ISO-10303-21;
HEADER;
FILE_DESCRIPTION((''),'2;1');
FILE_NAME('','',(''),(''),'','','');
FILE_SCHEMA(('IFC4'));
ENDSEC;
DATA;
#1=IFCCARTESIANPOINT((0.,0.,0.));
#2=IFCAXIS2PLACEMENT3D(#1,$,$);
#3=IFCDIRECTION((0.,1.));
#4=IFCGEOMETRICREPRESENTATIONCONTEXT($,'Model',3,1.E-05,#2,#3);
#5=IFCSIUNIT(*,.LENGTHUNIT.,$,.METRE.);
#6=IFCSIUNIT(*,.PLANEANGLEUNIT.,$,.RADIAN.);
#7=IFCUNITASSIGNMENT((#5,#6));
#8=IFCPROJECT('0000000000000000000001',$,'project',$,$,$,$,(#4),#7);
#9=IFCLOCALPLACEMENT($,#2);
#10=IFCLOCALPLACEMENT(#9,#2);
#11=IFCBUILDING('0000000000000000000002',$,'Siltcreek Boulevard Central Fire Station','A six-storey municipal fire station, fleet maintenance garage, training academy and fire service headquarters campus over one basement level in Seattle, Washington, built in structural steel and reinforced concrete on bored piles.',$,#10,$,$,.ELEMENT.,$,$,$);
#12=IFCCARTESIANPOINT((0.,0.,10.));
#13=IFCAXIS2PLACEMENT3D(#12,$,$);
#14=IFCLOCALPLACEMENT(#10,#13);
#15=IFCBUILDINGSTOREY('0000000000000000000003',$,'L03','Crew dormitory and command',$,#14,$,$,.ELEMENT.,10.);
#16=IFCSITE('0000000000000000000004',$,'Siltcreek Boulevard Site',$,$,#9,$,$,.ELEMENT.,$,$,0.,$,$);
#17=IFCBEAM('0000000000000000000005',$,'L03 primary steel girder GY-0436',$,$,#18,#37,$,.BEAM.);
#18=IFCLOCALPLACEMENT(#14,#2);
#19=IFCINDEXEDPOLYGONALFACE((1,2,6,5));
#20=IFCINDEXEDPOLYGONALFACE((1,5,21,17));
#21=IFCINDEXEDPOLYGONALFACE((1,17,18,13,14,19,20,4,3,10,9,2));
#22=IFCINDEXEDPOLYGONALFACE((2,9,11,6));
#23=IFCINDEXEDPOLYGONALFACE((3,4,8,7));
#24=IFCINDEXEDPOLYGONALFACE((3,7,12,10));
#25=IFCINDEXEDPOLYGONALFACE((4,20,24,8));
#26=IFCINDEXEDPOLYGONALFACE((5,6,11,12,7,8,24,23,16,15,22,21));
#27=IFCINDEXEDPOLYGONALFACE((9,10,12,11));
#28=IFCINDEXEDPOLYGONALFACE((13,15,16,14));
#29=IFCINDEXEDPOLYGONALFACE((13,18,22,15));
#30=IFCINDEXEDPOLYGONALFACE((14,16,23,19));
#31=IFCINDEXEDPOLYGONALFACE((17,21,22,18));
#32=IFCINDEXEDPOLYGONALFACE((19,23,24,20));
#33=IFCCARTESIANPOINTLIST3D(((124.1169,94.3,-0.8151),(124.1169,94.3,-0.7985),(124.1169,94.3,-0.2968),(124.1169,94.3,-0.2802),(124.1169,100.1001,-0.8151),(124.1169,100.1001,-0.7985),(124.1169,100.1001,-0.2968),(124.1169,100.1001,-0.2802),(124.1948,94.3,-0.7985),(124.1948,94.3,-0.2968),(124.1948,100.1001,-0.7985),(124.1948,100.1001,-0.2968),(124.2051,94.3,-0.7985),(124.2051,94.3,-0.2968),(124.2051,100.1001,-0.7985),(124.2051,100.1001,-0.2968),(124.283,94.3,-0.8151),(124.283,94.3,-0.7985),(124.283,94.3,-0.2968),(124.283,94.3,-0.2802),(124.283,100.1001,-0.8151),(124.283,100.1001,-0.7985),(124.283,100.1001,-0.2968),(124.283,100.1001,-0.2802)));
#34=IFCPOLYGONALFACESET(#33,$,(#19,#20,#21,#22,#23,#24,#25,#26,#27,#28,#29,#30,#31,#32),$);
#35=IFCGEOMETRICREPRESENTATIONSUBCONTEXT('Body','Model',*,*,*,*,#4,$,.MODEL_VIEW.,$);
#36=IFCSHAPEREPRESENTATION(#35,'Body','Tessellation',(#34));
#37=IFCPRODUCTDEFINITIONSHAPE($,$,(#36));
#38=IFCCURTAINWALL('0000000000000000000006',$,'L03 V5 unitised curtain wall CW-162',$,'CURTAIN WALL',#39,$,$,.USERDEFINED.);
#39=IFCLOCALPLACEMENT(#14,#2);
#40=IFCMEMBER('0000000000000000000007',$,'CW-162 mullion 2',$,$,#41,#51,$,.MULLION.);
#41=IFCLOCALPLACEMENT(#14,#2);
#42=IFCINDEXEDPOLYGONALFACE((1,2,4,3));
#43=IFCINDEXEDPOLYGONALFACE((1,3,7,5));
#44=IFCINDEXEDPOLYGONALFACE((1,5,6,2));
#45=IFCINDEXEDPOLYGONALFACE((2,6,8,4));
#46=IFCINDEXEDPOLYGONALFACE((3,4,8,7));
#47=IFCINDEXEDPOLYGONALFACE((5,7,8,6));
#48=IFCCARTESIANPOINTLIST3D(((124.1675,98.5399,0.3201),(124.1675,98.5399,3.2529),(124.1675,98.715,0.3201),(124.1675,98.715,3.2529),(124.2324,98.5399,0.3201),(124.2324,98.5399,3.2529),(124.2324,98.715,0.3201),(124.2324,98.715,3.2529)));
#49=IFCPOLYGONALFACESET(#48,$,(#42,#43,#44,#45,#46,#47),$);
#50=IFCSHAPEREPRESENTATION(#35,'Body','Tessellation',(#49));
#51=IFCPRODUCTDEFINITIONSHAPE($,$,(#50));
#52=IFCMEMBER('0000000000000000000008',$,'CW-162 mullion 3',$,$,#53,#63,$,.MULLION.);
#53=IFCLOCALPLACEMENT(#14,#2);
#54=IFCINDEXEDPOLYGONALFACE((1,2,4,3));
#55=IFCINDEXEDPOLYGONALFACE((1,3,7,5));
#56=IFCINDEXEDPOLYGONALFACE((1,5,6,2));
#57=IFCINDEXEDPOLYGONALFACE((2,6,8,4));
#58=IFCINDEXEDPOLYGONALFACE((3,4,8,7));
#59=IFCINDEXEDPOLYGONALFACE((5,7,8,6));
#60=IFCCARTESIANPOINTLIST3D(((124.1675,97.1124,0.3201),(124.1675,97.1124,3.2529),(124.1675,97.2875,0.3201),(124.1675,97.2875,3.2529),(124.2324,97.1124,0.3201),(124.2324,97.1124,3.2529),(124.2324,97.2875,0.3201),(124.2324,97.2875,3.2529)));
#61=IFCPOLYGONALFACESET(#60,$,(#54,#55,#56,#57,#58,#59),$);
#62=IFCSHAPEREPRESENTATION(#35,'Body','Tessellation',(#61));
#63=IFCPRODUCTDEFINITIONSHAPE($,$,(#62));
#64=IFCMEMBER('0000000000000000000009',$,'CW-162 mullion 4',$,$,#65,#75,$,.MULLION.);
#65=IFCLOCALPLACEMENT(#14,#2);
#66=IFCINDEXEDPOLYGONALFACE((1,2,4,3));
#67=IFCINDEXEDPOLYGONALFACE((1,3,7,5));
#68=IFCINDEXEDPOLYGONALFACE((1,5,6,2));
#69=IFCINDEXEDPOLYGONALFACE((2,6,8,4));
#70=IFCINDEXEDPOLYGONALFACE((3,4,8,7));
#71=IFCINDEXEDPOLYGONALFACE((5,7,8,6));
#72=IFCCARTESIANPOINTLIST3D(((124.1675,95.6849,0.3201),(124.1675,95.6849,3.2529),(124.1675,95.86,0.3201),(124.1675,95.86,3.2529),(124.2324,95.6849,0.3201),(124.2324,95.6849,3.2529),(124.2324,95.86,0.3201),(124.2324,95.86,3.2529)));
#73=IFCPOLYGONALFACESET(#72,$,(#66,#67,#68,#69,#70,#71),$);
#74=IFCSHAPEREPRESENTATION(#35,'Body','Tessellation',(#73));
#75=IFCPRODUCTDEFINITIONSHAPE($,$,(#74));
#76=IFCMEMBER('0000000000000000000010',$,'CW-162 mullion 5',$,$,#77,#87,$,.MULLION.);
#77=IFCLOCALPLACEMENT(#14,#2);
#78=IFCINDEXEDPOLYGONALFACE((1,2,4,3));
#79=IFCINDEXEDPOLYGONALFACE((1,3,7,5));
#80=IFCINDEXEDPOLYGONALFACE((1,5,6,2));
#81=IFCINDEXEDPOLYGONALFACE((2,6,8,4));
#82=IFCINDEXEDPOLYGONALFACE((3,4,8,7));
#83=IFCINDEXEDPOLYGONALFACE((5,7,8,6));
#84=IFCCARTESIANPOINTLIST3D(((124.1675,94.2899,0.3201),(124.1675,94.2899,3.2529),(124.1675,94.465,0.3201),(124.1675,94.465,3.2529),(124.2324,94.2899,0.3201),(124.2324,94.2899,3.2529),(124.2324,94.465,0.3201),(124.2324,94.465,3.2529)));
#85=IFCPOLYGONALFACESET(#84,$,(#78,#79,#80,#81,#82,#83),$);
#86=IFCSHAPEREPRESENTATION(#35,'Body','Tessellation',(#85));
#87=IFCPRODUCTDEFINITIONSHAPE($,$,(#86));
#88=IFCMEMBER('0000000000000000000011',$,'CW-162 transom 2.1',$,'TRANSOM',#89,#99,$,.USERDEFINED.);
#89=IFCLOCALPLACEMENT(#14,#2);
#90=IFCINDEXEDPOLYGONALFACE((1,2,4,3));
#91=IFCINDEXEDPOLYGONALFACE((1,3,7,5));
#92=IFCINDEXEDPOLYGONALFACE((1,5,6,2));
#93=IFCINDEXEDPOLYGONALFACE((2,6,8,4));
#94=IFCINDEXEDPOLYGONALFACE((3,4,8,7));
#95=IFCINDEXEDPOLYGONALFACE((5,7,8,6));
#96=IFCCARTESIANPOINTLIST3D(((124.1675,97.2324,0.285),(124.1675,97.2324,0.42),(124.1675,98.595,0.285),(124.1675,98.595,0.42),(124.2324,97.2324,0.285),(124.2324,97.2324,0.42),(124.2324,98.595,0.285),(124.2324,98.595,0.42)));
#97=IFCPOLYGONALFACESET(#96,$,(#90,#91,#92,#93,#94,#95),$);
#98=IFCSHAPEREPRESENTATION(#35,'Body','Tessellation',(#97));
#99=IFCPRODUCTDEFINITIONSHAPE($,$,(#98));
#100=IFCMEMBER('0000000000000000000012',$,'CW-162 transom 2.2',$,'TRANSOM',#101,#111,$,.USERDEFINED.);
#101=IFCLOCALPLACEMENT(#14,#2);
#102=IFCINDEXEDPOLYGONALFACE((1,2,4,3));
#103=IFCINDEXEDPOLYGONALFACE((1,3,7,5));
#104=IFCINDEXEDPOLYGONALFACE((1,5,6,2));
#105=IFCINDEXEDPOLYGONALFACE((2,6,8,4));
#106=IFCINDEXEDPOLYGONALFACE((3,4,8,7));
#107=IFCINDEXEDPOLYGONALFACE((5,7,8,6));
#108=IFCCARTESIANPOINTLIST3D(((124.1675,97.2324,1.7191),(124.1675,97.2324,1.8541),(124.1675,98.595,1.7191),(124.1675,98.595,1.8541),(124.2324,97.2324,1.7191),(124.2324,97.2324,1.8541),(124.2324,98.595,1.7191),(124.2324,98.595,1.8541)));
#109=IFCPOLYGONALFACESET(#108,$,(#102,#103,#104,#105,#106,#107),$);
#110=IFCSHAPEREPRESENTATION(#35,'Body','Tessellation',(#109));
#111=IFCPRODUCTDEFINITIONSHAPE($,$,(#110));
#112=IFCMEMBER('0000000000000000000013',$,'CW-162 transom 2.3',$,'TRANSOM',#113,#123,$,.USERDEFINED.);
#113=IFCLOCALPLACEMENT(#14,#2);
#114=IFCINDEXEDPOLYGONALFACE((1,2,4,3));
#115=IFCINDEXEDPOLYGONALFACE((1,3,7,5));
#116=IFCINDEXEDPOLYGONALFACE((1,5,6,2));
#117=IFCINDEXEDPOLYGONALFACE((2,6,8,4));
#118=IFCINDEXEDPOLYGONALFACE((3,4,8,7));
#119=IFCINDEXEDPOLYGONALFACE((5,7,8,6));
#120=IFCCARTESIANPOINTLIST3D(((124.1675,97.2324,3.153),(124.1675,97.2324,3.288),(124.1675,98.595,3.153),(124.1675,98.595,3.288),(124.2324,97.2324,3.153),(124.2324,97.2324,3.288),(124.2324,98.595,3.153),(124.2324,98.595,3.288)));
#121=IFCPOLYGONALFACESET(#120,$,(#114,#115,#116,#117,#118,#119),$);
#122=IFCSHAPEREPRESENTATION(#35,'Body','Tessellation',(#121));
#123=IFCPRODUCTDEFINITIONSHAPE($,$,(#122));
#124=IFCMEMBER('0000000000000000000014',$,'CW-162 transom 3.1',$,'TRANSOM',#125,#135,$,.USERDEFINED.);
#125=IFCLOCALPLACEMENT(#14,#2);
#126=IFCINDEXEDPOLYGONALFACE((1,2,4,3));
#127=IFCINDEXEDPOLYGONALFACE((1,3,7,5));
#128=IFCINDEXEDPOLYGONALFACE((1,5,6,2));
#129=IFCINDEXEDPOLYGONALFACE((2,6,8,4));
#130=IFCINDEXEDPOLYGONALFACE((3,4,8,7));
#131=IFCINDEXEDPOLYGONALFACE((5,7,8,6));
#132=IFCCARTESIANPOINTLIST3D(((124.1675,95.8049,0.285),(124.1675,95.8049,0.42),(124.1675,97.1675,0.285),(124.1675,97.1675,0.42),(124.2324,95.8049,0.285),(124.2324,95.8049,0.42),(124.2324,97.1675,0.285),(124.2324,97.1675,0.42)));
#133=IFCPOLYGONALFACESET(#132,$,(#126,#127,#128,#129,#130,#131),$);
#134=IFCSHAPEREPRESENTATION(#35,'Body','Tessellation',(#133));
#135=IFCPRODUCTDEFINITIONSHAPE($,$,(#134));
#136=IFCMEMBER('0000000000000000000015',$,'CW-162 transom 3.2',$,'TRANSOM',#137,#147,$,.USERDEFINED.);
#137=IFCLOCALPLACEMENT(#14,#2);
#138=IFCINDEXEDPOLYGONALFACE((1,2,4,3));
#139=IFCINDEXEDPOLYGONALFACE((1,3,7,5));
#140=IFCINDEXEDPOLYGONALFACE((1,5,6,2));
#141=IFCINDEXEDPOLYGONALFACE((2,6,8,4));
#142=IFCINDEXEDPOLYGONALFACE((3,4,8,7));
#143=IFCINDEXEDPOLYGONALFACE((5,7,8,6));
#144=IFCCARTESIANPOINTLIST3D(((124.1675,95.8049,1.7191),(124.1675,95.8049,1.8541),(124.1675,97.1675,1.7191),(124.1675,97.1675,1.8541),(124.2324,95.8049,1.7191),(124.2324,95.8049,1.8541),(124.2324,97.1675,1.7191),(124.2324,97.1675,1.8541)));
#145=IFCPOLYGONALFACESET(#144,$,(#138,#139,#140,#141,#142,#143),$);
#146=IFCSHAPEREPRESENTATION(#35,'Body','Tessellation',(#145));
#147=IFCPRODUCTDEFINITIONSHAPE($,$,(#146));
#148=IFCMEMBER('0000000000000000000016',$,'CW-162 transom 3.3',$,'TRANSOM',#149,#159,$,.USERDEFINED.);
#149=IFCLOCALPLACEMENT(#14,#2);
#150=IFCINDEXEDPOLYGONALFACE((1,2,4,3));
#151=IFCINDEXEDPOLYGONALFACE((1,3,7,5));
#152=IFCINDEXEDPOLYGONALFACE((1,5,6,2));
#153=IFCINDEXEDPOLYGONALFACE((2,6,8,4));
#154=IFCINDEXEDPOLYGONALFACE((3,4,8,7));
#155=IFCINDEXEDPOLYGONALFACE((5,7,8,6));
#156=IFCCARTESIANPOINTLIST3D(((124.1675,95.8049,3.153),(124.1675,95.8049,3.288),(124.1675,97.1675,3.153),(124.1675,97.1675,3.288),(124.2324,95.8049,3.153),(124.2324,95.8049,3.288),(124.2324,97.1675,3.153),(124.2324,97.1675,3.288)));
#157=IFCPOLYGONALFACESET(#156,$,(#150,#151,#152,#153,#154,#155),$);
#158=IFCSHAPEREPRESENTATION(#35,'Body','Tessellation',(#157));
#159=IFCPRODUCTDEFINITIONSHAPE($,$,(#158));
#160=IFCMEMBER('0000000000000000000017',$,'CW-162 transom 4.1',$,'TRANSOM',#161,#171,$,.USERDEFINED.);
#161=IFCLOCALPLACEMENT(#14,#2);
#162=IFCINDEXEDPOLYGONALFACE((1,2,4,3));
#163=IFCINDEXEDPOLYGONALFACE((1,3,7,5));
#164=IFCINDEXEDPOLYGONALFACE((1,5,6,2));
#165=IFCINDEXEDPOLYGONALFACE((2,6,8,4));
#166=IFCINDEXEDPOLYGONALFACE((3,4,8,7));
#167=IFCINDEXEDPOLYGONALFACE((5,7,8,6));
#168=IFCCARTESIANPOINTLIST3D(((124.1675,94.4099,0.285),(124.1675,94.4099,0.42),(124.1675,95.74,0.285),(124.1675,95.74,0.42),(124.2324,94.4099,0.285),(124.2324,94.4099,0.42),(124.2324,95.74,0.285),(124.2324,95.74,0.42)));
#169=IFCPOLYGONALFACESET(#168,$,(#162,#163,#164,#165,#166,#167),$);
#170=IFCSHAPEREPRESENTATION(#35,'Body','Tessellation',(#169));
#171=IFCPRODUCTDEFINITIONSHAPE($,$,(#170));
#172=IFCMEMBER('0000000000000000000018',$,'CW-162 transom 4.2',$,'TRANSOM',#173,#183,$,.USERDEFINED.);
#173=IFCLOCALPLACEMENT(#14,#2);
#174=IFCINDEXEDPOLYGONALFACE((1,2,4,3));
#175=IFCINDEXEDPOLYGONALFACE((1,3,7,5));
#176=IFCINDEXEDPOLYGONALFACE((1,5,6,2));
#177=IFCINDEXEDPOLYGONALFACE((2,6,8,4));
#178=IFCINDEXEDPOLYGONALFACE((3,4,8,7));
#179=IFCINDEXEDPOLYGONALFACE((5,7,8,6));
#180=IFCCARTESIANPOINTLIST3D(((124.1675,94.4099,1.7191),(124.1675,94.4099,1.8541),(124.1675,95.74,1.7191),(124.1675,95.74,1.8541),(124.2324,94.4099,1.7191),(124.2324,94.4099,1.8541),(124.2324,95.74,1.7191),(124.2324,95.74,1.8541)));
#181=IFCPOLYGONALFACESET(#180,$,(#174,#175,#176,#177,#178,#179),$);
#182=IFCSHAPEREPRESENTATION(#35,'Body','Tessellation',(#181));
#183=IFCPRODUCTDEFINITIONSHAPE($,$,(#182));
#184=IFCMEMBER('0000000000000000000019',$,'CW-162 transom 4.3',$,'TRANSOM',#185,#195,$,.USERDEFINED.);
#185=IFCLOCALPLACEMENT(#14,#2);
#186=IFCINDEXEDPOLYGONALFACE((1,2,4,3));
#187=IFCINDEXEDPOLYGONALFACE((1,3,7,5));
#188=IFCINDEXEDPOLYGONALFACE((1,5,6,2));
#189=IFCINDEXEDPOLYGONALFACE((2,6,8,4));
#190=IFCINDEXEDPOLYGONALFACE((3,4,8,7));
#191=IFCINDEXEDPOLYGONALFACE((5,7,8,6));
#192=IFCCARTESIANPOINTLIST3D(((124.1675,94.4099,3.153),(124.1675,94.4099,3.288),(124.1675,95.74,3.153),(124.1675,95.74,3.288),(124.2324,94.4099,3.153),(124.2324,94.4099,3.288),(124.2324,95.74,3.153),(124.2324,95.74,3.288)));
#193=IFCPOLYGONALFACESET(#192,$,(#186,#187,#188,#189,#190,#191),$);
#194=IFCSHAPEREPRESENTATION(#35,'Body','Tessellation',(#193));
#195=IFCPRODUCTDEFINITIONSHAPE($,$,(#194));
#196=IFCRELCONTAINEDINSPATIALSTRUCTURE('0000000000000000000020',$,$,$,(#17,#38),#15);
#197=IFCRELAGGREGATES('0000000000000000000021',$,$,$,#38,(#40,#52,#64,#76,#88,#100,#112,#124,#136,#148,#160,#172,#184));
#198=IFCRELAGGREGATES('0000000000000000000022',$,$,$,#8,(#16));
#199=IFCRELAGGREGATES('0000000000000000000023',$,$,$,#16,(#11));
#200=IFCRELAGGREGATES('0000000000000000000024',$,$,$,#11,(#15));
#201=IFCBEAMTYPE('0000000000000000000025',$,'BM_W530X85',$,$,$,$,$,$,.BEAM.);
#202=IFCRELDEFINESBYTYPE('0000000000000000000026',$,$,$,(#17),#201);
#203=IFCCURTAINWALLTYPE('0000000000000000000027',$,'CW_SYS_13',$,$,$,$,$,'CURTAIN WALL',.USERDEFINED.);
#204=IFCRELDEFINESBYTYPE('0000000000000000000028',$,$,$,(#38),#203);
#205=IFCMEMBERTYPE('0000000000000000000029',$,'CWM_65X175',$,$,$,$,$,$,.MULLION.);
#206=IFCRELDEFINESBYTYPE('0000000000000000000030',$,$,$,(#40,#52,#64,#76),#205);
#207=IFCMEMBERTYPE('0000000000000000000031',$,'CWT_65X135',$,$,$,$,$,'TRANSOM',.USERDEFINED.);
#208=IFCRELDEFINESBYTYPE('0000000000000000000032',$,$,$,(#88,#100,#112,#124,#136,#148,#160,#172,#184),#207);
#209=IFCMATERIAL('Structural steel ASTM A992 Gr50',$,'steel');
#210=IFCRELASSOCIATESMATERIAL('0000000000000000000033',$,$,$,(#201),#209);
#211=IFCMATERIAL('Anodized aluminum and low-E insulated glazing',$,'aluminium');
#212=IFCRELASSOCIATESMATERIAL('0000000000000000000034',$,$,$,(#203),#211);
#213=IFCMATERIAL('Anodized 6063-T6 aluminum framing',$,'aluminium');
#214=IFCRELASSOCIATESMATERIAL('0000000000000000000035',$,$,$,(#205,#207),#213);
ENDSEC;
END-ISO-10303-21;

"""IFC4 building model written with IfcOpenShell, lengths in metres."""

from ifc_helpers import new_model, si_unit, direction, frame, origin, origin_2d, place, context, subcontext, project, spatial, rectangle, i_section, extrude, material, material_profile, profile_set, type_object, element, aggregate, save


model = new_model("IFC4")

# Units and contexts
model_context = context("Model", 3, precision=1e-05, world=origin(), true_north=direction((0.0, 1.0)))
body_context = subcontext(model_context, "Body", "Model", "MODEL_VIEW")
ifc_project = project(units=[si_unit("LENGTHUNIT", "METRE"), si_unit("PLANEANGLEUNIT", "RADIAN")], contexts=[model_context])

# Site, building, storey
site_placement = place(None, origin())
site = spatial("IfcSite", under=ifc_project, at=site_placement, Name="Siltcreek Boulevard Site", CompositionType="ELEMENT", RefElevation=0.0)
building_placement = place(site_placement, origin())
building = spatial("IfcBuilding", under=site, at=building_placement, Name="Siltcreek Boulevard Central Fire Station", Description="A six-storey municipal fire station, fleet maintenance garage, training academy and fire service headquarters campus over one basement level in Seattle, Washington, built in structural steel and reinforced concrete on bored piles.", CompositionType="ELEMENT")
storey_placement = place(building_placement, frame((0.0, 0.0, 10.0)))
storey = spatial("IfcBuildingStorey", under=building, at=storey_placement, Name="L03", Description="Crew dormitory and command", CompositionType="ELEMENT", Elevation=10.0)

# Beam
ifc_material_1 = material(Name="Structural steel ASTM A992 Gr50", Category="steel")
ifc_material_profile_1 = material_profile(ifc_material_1, i_section(OverallWidth=0.166, OverallDepth=0.5349, WebThickness=0.0103, FlangeThickness=0.0166, at=origin_2d()), Name="W530X85")
ifc_profile_set_1 = profile_set([ifc_material_profile_1], Name="Structural steel ASTM A992 Gr50")
beam_type = type_object("IfcBeamType", Name="BM_W530X85", PredefinedType="BEAM", material=ifc_profile_set_1)
beam_placement = place(storey_placement, frame((124.2, 94.3, -0.5476), z_axis=(0.0, 1.0, 0.0), x_axis=(-1.0, 0.0, 0.0)))
element("IfcBeam", 1, at=beam_placement, inside=storey, type_object=beam_type, Name="L03 primary steel girder GY-0436", PredefinedType="BEAM", context=body_context, shape_type="SweptSolid", body=[
    extrude(i_section(OverallWidth=0.166, OverallDepth=0.5349, WebThickness=0.0103, FlangeThickness=0.0166, at=origin_2d()), origin(), (0.0, 0.0, 1.0), 5.8),
])

# Curtain wall, members
ifc_material_2 = material(Name="Anodized aluminum and low-E insulated glazing", Category="aluminium")
curtain_wall_type = type_object("IfcCurtainWallType", Name="CW_SYS_13", ElementType="CURTAIN WALL", PredefinedType="USERDEFINED", material=ifc_material_2)
curtain_wall_placement = place(storey_placement, origin())
curtain_wall = element("IfcCurtainWall", 2, at=curtain_wall_placement, inside=storey, type_object=curtain_wall_type, Name="L03 V5 unitised curtain wall CW-162", ObjectType="CURTAIN WALL", PredefinedType="USERDEFINED")
ifc_material_3 = material(Name="Anodized 6063-T6 aluminum framing", Category="aluminium")
ifc_material_profile_2 = material_profile(ifc_material_3, rectangle(XDim=0.0649, YDim=0.175, at=origin_2d()), Name="MULL65X175")
ifc_profile_set_2 = profile_set([ifc_material_profile_2], Name="Anodized 6063-T6 aluminum framing")
member_type_1 = type_object("IfcMemberType", Name="CWM_65X175", PredefinedType="MULLION", material=ifc_profile_set_2)
member_1_placement = place(storey_placement, frame((124.2, 98.6274, 0.3201), z_axis=(0.0, 0.0, 1.0), x_axis=(1.0, 0.0, 0.0)))
member_1 = element("IfcMember", 3, at=member_1_placement, type_object=member_type_1, Name="CW-162 mullion 2", PredefinedType="MULLION", context=body_context, shape_type="SweptSolid", body=[
    extrude(rectangle(XDim=0.0649, YDim=0.175, at=origin_2d()), origin(), (0.0, 0.0, 1.0), 2.9329),
])
member_2_placement = place(storey_placement, frame((124.2, 97.2, 0.3201), z_axis=(0.0, 0.0, 1.0), x_axis=(1.0, 0.0, 0.0)))
member_2 = element("IfcMember", 4, at=member_2_placement, type_object=member_type_1, Name="CW-162 mullion 3", PredefinedType="MULLION", context=body_context, shape_type="SweptSolid", body=[
    extrude(rectangle(XDim=0.0649, YDim=0.175, at=origin_2d()), origin(), (0.0, 0.0, 1.0), 2.9329),
])
member_3_placement = place(storey_placement, frame((124.2, 95.7725, 0.3201), z_axis=(0.0, 0.0, 1.0), x_axis=(1.0, 0.0, 0.0)))
member_3 = element("IfcMember", 5, at=member_3_placement, type_object=member_type_1, Name="CW-162 mullion 4", PredefinedType="MULLION", context=body_context, shape_type="SweptSolid", body=[
    extrude(rectangle(XDim=0.0649, YDim=0.175, at=origin_2d()), origin(), (0.0, 0.0, 1.0), 2.9329),
])
member_4_placement = place(storey_placement, frame((124.2, 94.3774, 0.3201), z_axis=(0.0, 0.0, 1.0), x_axis=(1.0, 0.0, 0.0)))
member_4 = element("IfcMember", 6, at=member_4_placement, type_object=member_type_1, Name="CW-162 mullion 5", PredefinedType="MULLION", context=body_context, shape_type="SweptSolid", body=[
    extrude(rectangle(XDim=0.0649, YDim=0.175, at=origin_2d()), origin(), (0.0, 0.0, 1.0), 2.9329),
])
ifc_material_profile_3 = material_profile(ifc_material_3, rectangle(XDim=0.0649, YDim=0.135, at=origin_2d()), Name="TRAN65X135")
ifc_profile_set_3 = profile_set([ifc_material_profile_3], Name="Anodized 6063-T6 aluminum framing")
member_type_2 = type_object("IfcMemberType", Name="CWT_65X135", ElementType="TRANSOM", PredefinedType="USERDEFINED", material=ifc_profile_set_3)
member_5_placement = place(storey_placement, frame((124.2, 98.595, 0.3525), z_axis=(0.0, -1.0, 0.0), x_axis=(1.0, 0.0, 0.0)))
member_5 = element("IfcMember", 7, at=member_5_placement, type_object=member_type_2, Name="CW-162 transom 2.1", ObjectType="TRANSOM", PredefinedType="USERDEFINED", context=body_context, shape_type="SweptSolid", body=[
    extrude(rectangle(XDim=0.0649, YDim=0.135, at=origin_2d()), origin(), (0.0, 0.0, 1.0), 1.3625),
])
member_6_placement = place(storey_placement, frame((124.2, 98.595, 1.7866), z_axis=(0.0, -1.0, 0.0), x_axis=(1.0, 0.0, 0.0)))
member_6 = element("IfcMember", 8, at=member_6_placement, type_object=member_type_2, Name="CW-162 transom 2.2", ObjectType="TRANSOM", PredefinedType="USERDEFINED", context=body_context, shape_type="SweptSolid", body=[
    extrude(rectangle(XDim=0.0649, YDim=0.135, at=origin_2d()), origin(), (0.0, 0.0, 1.0), 1.3625),
])
member_7_placement = place(storey_placement, frame((124.2, 98.595, 3.2205), z_axis=(0.0, -1.0, 0.0), x_axis=(1.0, 0.0, 0.0)))
member_7 = element("IfcMember", 9, at=member_7_placement, type_object=member_type_2, Name="CW-162 transom 2.3", ObjectType="TRANSOM", PredefinedType="USERDEFINED", context=body_context, shape_type="SweptSolid", body=[
    extrude(rectangle(XDim=0.0649, YDim=0.135, at=origin_2d()), origin(), (0.0, 0.0, 1.0), 1.3625),
])
member_8_placement = place(storey_placement, frame((124.2, 97.1675, 0.3525), z_axis=(0.0, -1.0, 0.0), x_axis=(1.0, 0.0, 0.0)))
member_8 = element("IfcMember", 10, at=member_8_placement, type_object=member_type_2, Name="CW-162 transom 3.1", ObjectType="TRANSOM", PredefinedType="USERDEFINED", context=body_context, shape_type="SweptSolid", body=[
    extrude(rectangle(XDim=0.0649, YDim=0.135, at=origin_2d()), origin(), (0.0, 0.0, 1.0), 1.3625),
])
member_9_placement = place(storey_placement, frame((124.2, 97.1675, 1.7866), z_axis=(0.0, -1.0, 0.0), x_axis=(1.0, 0.0, 0.0)))
member_9 = element("IfcMember", 11, at=member_9_placement, type_object=member_type_2, Name="CW-162 transom 3.2", ObjectType="TRANSOM", PredefinedType="USERDEFINED", context=body_context, shape_type="SweptSolid", body=[
    extrude(rectangle(XDim=0.0649, YDim=0.135, at=origin_2d()), origin(), (0.0, 0.0, 1.0), 1.3625),
])
member_10_placement = place(storey_placement, frame((124.2, 97.1675, 3.2205), z_axis=(0.0, -1.0, 0.0), x_axis=(1.0, 0.0, 0.0)))
member_10 = element("IfcMember", 12, at=member_10_placement, type_object=member_type_2, Name="CW-162 transom 3.3", ObjectType="TRANSOM", PredefinedType="USERDEFINED", context=body_context, shape_type="SweptSolid", body=[
    extrude(rectangle(XDim=0.0649, YDim=0.135, at=origin_2d()), origin(), (0.0, 0.0, 1.0), 1.3625),
])
member_11_placement = place(storey_placement, frame((124.2, 95.74, 0.3525), z_axis=(0.0, -1.0, 0.0), x_axis=(1.0, 0.0, 0.0)))
member_11 = element("IfcMember", 13, at=member_11_placement, type_object=member_type_2, Name="CW-162 transom 4.1", ObjectType="TRANSOM", PredefinedType="USERDEFINED", context=body_context, shape_type="SweptSolid", body=[
    extrude(rectangle(XDim=0.0649, YDim=0.135, at=origin_2d()), origin(), (0.0, 0.0, 1.0), 1.3301),
])
member_12_placement = place(storey_placement, frame((124.2, 95.74, 1.7866), z_axis=(0.0, -1.0, 0.0), x_axis=(1.0, 0.0, 0.0)))
member_12 = element("IfcMember", 14, at=member_12_placement, type_object=member_type_2, Name="CW-162 transom 4.2", ObjectType="TRANSOM", PredefinedType="USERDEFINED", context=body_context, shape_type="SweptSolid", body=[
    extrude(rectangle(XDim=0.0649, YDim=0.135, at=origin_2d()), origin(), (0.0, 0.0, 1.0), 1.3301),
])
member_13_placement = place(storey_placement, frame((124.2, 95.74, 3.2205), z_axis=(0.0, -1.0, 0.0), x_axis=(1.0, 0.0, 0.0)))
member_13 = element("IfcMember", 15, at=member_13_placement, type_object=member_type_2, Name="CW-162 transom 4.3", ObjectType="TRANSOM", PredefinedType="USERDEFINED", context=body_context, shape_type="SweptSolid", body=[
    extrude(rectangle(XDim=0.0649, YDim=0.135, at=origin_2d()), origin(), (0.0, 0.0, 1.0), 1.3301),
])
aggregate(curtain_wall, [member_1, member_2, member_3, member_4, member_5, member_6, member_7, member_8, member_9, member_10, member_11, member_12, member_13])

save(model, "model.ifc")
